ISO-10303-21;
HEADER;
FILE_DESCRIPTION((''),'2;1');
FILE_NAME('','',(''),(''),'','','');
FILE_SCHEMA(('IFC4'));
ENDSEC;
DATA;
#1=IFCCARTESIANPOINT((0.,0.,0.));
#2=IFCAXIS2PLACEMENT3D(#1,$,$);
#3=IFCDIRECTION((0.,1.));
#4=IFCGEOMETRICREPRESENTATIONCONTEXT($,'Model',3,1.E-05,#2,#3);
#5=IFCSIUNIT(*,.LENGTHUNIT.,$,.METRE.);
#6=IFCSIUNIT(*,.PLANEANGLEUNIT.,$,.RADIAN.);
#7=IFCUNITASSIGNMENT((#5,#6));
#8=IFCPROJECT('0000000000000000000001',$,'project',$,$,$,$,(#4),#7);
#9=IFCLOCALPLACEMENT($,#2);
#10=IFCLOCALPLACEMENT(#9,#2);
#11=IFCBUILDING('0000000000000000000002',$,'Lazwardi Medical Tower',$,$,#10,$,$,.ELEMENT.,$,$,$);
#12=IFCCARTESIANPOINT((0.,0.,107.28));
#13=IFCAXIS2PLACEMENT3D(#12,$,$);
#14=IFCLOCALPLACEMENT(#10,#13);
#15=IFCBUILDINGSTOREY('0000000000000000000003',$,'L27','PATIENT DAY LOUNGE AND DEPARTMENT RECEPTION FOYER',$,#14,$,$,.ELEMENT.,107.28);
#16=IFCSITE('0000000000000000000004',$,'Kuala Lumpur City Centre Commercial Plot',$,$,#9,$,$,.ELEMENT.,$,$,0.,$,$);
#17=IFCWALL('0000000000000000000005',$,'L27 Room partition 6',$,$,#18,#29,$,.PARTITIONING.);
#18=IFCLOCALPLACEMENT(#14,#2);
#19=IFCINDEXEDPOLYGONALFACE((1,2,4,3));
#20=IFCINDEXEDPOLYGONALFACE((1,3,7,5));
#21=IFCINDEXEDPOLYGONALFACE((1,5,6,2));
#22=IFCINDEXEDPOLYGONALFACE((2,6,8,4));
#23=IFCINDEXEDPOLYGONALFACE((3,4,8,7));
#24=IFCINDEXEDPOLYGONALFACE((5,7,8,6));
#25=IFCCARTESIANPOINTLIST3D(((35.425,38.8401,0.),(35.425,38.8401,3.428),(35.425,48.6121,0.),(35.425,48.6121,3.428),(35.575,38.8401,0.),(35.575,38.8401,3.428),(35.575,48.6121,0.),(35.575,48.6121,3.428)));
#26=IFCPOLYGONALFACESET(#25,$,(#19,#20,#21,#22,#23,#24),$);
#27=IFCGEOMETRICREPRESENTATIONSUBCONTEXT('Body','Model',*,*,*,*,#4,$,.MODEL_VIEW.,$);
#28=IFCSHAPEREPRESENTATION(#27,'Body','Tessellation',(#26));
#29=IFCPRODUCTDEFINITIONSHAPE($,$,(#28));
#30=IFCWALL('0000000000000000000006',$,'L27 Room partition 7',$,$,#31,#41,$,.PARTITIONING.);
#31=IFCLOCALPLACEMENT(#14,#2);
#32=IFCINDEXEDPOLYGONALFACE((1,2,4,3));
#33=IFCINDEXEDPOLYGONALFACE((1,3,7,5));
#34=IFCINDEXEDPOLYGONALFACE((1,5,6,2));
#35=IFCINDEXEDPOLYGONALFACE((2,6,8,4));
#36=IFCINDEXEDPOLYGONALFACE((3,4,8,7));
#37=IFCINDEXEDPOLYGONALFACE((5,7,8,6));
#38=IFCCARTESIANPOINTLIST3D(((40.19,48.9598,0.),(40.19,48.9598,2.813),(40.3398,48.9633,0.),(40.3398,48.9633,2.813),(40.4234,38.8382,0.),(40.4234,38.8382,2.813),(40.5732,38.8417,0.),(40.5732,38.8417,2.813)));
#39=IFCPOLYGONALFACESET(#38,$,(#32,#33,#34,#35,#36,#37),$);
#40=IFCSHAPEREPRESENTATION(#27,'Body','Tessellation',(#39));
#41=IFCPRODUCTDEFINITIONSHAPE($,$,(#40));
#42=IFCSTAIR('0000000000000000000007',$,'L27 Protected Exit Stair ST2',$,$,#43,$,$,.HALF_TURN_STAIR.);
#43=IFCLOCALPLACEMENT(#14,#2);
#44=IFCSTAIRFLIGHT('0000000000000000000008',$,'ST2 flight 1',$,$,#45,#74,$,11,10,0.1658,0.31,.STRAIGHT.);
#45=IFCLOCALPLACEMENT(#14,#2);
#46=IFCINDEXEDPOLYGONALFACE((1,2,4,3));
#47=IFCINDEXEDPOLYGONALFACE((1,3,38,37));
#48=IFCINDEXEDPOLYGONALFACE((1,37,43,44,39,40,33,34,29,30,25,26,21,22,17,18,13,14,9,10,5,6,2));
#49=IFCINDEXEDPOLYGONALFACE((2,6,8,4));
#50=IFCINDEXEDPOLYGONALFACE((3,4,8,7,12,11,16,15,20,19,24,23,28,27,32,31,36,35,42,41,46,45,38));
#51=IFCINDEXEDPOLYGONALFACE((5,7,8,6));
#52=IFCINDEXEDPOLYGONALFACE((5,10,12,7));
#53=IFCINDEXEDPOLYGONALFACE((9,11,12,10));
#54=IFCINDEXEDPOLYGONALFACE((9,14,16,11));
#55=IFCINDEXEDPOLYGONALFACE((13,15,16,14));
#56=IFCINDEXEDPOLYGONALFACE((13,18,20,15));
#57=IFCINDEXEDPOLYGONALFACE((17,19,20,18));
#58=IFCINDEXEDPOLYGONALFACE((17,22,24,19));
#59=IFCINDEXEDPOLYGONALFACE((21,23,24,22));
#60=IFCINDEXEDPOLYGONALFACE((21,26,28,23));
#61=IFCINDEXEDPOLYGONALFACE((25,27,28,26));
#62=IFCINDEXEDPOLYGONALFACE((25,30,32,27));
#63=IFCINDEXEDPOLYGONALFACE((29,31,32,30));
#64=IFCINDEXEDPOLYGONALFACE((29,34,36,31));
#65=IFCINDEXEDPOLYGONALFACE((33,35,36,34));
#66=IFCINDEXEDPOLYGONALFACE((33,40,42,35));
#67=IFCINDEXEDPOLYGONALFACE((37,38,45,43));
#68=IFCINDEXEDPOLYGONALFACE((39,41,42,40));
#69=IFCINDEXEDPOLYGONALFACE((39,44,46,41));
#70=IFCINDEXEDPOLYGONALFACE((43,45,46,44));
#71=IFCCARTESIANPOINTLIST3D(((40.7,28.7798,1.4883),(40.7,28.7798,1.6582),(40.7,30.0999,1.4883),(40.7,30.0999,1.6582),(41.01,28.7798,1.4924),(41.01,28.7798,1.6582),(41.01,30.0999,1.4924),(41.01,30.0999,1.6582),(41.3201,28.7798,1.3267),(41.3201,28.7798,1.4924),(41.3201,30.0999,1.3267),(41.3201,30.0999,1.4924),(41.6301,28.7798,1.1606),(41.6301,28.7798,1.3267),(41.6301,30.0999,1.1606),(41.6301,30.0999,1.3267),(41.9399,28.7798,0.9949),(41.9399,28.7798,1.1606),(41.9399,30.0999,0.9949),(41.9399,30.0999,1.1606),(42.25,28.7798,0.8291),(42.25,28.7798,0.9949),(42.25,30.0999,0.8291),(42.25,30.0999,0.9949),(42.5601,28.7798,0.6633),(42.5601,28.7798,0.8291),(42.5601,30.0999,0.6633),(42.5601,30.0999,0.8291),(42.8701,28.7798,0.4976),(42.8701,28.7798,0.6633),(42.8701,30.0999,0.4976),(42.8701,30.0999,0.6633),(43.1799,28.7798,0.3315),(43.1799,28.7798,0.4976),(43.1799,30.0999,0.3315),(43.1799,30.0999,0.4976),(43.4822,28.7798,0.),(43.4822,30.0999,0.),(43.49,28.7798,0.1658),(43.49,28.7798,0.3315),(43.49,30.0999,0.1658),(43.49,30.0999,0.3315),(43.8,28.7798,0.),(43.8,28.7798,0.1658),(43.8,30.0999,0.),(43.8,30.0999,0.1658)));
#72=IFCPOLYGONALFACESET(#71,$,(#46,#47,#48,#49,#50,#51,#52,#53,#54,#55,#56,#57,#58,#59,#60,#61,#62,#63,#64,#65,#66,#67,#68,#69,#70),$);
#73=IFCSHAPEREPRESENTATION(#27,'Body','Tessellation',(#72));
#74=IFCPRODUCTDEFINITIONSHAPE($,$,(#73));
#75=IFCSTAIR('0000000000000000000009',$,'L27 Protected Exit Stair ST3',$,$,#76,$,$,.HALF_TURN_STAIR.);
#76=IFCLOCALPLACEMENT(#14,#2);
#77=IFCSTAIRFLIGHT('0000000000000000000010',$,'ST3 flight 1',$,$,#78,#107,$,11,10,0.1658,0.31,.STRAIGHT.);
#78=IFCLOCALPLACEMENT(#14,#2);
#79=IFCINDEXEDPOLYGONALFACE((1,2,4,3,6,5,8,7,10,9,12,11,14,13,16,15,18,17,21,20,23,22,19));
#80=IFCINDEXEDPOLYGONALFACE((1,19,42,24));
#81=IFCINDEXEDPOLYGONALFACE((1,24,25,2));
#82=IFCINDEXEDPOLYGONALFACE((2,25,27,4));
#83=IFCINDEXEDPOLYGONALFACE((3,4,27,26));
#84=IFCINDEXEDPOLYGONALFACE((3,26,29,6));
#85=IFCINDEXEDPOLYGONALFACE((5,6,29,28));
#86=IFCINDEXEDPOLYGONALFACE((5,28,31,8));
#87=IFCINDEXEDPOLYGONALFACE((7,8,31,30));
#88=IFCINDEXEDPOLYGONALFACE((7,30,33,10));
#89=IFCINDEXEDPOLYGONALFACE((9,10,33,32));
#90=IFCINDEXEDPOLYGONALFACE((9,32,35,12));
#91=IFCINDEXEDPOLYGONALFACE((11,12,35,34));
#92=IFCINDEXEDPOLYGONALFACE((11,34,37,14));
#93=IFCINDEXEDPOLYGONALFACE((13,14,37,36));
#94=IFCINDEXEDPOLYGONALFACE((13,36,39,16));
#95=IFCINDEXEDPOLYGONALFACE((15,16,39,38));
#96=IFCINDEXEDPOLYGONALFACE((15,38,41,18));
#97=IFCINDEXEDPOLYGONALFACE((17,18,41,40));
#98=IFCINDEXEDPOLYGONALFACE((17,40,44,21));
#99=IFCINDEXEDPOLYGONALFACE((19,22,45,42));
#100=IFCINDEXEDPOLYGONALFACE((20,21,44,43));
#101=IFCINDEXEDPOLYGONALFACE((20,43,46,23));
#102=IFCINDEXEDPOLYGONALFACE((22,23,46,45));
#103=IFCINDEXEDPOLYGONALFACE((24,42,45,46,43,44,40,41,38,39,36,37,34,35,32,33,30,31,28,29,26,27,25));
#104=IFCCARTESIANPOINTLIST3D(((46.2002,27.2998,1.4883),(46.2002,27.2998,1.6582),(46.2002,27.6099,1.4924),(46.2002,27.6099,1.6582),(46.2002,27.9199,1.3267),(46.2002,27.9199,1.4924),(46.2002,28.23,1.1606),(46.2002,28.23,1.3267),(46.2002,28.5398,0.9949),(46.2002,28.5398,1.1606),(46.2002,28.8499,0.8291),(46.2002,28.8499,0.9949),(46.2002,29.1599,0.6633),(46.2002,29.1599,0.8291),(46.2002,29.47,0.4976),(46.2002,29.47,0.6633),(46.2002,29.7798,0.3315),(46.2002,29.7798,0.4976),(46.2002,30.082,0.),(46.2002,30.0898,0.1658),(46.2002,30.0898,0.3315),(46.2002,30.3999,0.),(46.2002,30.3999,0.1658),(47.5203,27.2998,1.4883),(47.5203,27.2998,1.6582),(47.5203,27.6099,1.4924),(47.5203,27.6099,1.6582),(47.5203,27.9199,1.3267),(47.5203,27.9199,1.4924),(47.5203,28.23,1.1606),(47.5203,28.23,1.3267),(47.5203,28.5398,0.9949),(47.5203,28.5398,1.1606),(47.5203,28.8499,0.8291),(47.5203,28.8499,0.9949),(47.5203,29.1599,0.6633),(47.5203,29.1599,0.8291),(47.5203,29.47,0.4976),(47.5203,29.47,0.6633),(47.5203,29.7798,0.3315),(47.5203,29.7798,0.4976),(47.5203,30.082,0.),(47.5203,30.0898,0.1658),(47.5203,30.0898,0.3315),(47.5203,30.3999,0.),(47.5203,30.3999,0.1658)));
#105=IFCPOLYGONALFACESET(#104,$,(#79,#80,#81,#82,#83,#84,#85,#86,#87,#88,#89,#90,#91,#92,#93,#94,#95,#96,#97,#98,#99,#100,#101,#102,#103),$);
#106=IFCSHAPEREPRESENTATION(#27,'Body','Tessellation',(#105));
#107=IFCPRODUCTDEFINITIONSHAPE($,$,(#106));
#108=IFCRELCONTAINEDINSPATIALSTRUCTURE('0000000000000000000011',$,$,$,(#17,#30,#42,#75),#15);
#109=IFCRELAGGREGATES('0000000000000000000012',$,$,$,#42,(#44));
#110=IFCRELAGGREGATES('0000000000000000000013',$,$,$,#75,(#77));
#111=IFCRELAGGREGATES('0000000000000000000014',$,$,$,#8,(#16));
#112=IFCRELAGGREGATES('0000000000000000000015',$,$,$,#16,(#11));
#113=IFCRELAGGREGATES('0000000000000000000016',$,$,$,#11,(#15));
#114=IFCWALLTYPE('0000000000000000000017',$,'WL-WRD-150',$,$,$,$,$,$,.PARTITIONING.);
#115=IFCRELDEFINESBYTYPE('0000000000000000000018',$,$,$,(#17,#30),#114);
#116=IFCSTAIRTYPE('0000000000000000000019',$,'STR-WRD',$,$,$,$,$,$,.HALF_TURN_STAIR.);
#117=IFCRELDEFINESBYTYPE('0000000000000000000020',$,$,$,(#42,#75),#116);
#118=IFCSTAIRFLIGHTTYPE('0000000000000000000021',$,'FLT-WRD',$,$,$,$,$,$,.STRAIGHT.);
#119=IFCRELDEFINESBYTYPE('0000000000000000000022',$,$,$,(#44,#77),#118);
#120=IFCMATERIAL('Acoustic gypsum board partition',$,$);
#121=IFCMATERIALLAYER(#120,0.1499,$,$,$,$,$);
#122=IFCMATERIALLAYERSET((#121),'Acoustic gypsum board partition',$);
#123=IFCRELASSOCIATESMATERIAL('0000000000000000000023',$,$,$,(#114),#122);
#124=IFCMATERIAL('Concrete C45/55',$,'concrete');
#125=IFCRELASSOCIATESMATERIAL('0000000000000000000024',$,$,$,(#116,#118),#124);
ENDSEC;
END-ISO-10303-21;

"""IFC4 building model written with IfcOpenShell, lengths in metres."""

from ifc_helpers import new_model, si_unit, direction, frame, frame_2d, origin, place, context, subcontext, project, spatial, polyline, rectangle, outline, extrude, material, layer, layer_set, type_object, element, aggregate, save


model = new_model("IFC4")

# Units and contexts
model_context = context("Model", 3, precision=1e-05, world=origin(), true_north=direction((0.0, 1.0)))
body_context = subcontext(model_context, "Body", "Model", "MODEL_VIEW")
ifc_project = project(units=[si_unit("LENGTHUNIT", "METRE"), si_unit("PLANEANGLEUNIT", "RADIAN")], contexts=[model_context])

# Site, building, storey
site_placement = place(None, origin())
site = spatial("IfcSite", under=ifc_project, at=site_placement, Name="Kuala Lumpur City Centre Commercial Plot", CompositionType="ELEMENT", RefElevation=0.0)
building_placement = place(site_placement, origin())
building = spatial("IfcBuilding", under=site, at=building_placement, Name="Lazwardi Medical Tower", CompositionType="ELEMENT")
storey_placement = place(building_placement, frame((0.0, 0.0, 107.28)))
storey = spatial("IfcBuildingStorey", under=building, at=storey_placement, Name="L27", Description="PATIENT DAY LOUNGE AND DEPARTMENT RECEPTION FOYER", CompositionType="ELEMENT", Elevation=107.28)

# Walls
ifc_material_1 = material(Name="Acoustic gypsum board partition")
ifc_layer_1 = layer(ifc_material_1, 0.1499)
ifc_layer_set_1 = layer_set([ifc_layer_1], Name="Acoustic gypsum board partition")
wall_type_1 = type_object("IfcWallType", Name="WL-WRD-150", PredefinedType="PARTITIONING", material=ifc_layer_set_1)
wall_1_placement = place(storey_placement, frame((35.5, 38.8401, 0.0), z_axis=(0.0, 0.0, 1.0), x_axis=(0.0, 1.0, 0.0)))
element("IfcWall", 1, at=wall_1_placement, inside=storey, type_object=wall_type_1, Name="L27 Room partition 6", PredefinedType="PARTITIONING", context=body_context, shape_type="SweptSolid", body=[
    extrude(rectangle(XDim=9.772, YDim=0.1499, at=frame_2d((4.886, 0.0))), origin(), (0.0, 0.0, 1.0), 3.428),
])
wall_2_placement = place(storey_placement, frame((40.4983, 38.8401, 0.0), z_axis=(0.0, 0.0, 1.0), x_axis=(-0.023053, 0.999734, 0.0)))
element("IfcWall", 2, at=wall_2_placement, inside=storey, type_object=wall_type_1, Name="L27 Room partition 7", PredefinedType="PARTITIONING", context=body_context, shape_type="SweptSolid", body=[
    extrude(rectangle(XDim=10.1243, YDim=0.1499, at=frame_2d((5.062, 0.0))), origin(), (0.0, 0.0, 1.0), 2.813),
])

# Stairs, stair flights
ifc_material_2 = material(Name="Concrete C45/55", Category="concrete")
stair_type = type_object("IfcStairType", Name="STR-WRD", PredefinedType="HALF_TURN_STAIR", material=ifc_material_2)
stair_1_placement = place(storey_placement, origin())
stair_1 = element("IfcStair", 3, at=stair_1_placement, inside=storey, type_object=stair_type, Name="L27 Protected Exit Stair ST2", PredefinedType="HALF_TURN_STAIR")
stair_flight_type = type_object("IfcStairFlightType", Name="FLT-WRD", PredefinedType="STRAIGHT", material=ifc_material_2)
stair_flight_1_placement = place(storey_placement, frame((43.8, 29.4399, 0.0), z_axis=(0.0, 0.0, 1.0), x_axis=(-1.0, 0.0, 0.0)))
stair_flight_1 = element("IfcStairFlight", 4, at=stair_flight_1_placement, type_object=stair_flight_type, Name="ST2 flight 1", NumberOfRisers=11, NumberOfTreads=10, PredefinedType="STRAIGHT", RiserHeight=0.1658, TreadLength=0.31, context=body_context, shape_type="SweptSolid", body=[
    extrude(outline(polyline([(0.0, 0.0), (0.0, 0.1658), (0.3101, 0.1658), (0.3101, 0.3315), (0.6201, 0.3315), (0.6201, 0.4976), (0.9299, 0.4976), (0.9299, 0.6633), (1.24, 0.6633), (1.24, 0.8291), (1.55, 0.8291), (1.55, 0.9949), (1.8601, 0.9949), (1.8601, 1.1606), (2.1699, 1.1606), (2.1699, 1.3267), (2.48, 1.3267), (2.48, 1.4924), (2.79, 1.4924), (2.79, 1.6582), (3.1001, 1.6582), (3.1001, 1.824), (3.1001, 1.4883), (0.3179, 0.0), (0.0, 0.0)])), frame((0.0, 0.6602, 0.0), z_axis=(0.0, -1.0, 0.0), x_axis=(1.0, 0.0, 0.0)), (0.0, 0.0, 1.0), 1.3201),
])
aggregate(stair_1, [stair_flight_1])
stair_2_placement = place(storey_placement, origin())
stair_2 = element("IfcStair", 5, at=stair_2_placement, inside=storey, type_object=stair_type, Name="L27 Protected Exit Stair ST3", PredefinedType="HALF_TURN_STAIR")
stair_flight_2_placement = place(storey_placement, frame((46.8601, 30.3999, 0.0), z_axis=(0.0, 0.0, 1.0), x_axis=(0.0, -1.0, 0.0)))
stair_flight_2 = element("IfcStairFlight", 6, at=stair_flight_2_placement, type_object=stair_flight_type, Name="ST3 flight 1", NumberOfRisers=11, NumberOfTreads=10, PredefinedType="STRAIGHT", RiserHeight=0.1658, TreadLength=0.31, context=body_context, shape_type="SweptSolid", body=[
    extrude(outline(polyline([(0.0, 0.0), (0.0, 0.1658), (0.3101, 0.1658), (0.3101, 0.3315), (0.6201, 0.3315), (0.6201, 0.4976), (0.9299, 0.4976), (0.9299, 0.6633), (1.24, 0.6633), (1.24, 0.8291), (1.55, 0.8291), (1.55, 0.9949), (1.8601, 0.9949), (1.8601, 1.1606), (2.1699, 1.1606), (2.1699, 1.3267), (2.48, 1.3267), (2.48, 1.4924), (2.79, 1.4924), (2.79, 1.6582), (3.1001, 1.6582), (3.1001, 1.824), (3.1001, 1.4883), (0.3179, 0.0), (0.0, 0.0)])), frame((0.0, 0.6602, 0.0), z_axis=(0.0, -1.0, 0.0), x_axis=(1.0, 0.0, 0.0)), (0.0, 0.0, 1.0), 1.3201),
])
aggregate(stair_2, [stair_flight_2])

save(model, "model.ifc")
